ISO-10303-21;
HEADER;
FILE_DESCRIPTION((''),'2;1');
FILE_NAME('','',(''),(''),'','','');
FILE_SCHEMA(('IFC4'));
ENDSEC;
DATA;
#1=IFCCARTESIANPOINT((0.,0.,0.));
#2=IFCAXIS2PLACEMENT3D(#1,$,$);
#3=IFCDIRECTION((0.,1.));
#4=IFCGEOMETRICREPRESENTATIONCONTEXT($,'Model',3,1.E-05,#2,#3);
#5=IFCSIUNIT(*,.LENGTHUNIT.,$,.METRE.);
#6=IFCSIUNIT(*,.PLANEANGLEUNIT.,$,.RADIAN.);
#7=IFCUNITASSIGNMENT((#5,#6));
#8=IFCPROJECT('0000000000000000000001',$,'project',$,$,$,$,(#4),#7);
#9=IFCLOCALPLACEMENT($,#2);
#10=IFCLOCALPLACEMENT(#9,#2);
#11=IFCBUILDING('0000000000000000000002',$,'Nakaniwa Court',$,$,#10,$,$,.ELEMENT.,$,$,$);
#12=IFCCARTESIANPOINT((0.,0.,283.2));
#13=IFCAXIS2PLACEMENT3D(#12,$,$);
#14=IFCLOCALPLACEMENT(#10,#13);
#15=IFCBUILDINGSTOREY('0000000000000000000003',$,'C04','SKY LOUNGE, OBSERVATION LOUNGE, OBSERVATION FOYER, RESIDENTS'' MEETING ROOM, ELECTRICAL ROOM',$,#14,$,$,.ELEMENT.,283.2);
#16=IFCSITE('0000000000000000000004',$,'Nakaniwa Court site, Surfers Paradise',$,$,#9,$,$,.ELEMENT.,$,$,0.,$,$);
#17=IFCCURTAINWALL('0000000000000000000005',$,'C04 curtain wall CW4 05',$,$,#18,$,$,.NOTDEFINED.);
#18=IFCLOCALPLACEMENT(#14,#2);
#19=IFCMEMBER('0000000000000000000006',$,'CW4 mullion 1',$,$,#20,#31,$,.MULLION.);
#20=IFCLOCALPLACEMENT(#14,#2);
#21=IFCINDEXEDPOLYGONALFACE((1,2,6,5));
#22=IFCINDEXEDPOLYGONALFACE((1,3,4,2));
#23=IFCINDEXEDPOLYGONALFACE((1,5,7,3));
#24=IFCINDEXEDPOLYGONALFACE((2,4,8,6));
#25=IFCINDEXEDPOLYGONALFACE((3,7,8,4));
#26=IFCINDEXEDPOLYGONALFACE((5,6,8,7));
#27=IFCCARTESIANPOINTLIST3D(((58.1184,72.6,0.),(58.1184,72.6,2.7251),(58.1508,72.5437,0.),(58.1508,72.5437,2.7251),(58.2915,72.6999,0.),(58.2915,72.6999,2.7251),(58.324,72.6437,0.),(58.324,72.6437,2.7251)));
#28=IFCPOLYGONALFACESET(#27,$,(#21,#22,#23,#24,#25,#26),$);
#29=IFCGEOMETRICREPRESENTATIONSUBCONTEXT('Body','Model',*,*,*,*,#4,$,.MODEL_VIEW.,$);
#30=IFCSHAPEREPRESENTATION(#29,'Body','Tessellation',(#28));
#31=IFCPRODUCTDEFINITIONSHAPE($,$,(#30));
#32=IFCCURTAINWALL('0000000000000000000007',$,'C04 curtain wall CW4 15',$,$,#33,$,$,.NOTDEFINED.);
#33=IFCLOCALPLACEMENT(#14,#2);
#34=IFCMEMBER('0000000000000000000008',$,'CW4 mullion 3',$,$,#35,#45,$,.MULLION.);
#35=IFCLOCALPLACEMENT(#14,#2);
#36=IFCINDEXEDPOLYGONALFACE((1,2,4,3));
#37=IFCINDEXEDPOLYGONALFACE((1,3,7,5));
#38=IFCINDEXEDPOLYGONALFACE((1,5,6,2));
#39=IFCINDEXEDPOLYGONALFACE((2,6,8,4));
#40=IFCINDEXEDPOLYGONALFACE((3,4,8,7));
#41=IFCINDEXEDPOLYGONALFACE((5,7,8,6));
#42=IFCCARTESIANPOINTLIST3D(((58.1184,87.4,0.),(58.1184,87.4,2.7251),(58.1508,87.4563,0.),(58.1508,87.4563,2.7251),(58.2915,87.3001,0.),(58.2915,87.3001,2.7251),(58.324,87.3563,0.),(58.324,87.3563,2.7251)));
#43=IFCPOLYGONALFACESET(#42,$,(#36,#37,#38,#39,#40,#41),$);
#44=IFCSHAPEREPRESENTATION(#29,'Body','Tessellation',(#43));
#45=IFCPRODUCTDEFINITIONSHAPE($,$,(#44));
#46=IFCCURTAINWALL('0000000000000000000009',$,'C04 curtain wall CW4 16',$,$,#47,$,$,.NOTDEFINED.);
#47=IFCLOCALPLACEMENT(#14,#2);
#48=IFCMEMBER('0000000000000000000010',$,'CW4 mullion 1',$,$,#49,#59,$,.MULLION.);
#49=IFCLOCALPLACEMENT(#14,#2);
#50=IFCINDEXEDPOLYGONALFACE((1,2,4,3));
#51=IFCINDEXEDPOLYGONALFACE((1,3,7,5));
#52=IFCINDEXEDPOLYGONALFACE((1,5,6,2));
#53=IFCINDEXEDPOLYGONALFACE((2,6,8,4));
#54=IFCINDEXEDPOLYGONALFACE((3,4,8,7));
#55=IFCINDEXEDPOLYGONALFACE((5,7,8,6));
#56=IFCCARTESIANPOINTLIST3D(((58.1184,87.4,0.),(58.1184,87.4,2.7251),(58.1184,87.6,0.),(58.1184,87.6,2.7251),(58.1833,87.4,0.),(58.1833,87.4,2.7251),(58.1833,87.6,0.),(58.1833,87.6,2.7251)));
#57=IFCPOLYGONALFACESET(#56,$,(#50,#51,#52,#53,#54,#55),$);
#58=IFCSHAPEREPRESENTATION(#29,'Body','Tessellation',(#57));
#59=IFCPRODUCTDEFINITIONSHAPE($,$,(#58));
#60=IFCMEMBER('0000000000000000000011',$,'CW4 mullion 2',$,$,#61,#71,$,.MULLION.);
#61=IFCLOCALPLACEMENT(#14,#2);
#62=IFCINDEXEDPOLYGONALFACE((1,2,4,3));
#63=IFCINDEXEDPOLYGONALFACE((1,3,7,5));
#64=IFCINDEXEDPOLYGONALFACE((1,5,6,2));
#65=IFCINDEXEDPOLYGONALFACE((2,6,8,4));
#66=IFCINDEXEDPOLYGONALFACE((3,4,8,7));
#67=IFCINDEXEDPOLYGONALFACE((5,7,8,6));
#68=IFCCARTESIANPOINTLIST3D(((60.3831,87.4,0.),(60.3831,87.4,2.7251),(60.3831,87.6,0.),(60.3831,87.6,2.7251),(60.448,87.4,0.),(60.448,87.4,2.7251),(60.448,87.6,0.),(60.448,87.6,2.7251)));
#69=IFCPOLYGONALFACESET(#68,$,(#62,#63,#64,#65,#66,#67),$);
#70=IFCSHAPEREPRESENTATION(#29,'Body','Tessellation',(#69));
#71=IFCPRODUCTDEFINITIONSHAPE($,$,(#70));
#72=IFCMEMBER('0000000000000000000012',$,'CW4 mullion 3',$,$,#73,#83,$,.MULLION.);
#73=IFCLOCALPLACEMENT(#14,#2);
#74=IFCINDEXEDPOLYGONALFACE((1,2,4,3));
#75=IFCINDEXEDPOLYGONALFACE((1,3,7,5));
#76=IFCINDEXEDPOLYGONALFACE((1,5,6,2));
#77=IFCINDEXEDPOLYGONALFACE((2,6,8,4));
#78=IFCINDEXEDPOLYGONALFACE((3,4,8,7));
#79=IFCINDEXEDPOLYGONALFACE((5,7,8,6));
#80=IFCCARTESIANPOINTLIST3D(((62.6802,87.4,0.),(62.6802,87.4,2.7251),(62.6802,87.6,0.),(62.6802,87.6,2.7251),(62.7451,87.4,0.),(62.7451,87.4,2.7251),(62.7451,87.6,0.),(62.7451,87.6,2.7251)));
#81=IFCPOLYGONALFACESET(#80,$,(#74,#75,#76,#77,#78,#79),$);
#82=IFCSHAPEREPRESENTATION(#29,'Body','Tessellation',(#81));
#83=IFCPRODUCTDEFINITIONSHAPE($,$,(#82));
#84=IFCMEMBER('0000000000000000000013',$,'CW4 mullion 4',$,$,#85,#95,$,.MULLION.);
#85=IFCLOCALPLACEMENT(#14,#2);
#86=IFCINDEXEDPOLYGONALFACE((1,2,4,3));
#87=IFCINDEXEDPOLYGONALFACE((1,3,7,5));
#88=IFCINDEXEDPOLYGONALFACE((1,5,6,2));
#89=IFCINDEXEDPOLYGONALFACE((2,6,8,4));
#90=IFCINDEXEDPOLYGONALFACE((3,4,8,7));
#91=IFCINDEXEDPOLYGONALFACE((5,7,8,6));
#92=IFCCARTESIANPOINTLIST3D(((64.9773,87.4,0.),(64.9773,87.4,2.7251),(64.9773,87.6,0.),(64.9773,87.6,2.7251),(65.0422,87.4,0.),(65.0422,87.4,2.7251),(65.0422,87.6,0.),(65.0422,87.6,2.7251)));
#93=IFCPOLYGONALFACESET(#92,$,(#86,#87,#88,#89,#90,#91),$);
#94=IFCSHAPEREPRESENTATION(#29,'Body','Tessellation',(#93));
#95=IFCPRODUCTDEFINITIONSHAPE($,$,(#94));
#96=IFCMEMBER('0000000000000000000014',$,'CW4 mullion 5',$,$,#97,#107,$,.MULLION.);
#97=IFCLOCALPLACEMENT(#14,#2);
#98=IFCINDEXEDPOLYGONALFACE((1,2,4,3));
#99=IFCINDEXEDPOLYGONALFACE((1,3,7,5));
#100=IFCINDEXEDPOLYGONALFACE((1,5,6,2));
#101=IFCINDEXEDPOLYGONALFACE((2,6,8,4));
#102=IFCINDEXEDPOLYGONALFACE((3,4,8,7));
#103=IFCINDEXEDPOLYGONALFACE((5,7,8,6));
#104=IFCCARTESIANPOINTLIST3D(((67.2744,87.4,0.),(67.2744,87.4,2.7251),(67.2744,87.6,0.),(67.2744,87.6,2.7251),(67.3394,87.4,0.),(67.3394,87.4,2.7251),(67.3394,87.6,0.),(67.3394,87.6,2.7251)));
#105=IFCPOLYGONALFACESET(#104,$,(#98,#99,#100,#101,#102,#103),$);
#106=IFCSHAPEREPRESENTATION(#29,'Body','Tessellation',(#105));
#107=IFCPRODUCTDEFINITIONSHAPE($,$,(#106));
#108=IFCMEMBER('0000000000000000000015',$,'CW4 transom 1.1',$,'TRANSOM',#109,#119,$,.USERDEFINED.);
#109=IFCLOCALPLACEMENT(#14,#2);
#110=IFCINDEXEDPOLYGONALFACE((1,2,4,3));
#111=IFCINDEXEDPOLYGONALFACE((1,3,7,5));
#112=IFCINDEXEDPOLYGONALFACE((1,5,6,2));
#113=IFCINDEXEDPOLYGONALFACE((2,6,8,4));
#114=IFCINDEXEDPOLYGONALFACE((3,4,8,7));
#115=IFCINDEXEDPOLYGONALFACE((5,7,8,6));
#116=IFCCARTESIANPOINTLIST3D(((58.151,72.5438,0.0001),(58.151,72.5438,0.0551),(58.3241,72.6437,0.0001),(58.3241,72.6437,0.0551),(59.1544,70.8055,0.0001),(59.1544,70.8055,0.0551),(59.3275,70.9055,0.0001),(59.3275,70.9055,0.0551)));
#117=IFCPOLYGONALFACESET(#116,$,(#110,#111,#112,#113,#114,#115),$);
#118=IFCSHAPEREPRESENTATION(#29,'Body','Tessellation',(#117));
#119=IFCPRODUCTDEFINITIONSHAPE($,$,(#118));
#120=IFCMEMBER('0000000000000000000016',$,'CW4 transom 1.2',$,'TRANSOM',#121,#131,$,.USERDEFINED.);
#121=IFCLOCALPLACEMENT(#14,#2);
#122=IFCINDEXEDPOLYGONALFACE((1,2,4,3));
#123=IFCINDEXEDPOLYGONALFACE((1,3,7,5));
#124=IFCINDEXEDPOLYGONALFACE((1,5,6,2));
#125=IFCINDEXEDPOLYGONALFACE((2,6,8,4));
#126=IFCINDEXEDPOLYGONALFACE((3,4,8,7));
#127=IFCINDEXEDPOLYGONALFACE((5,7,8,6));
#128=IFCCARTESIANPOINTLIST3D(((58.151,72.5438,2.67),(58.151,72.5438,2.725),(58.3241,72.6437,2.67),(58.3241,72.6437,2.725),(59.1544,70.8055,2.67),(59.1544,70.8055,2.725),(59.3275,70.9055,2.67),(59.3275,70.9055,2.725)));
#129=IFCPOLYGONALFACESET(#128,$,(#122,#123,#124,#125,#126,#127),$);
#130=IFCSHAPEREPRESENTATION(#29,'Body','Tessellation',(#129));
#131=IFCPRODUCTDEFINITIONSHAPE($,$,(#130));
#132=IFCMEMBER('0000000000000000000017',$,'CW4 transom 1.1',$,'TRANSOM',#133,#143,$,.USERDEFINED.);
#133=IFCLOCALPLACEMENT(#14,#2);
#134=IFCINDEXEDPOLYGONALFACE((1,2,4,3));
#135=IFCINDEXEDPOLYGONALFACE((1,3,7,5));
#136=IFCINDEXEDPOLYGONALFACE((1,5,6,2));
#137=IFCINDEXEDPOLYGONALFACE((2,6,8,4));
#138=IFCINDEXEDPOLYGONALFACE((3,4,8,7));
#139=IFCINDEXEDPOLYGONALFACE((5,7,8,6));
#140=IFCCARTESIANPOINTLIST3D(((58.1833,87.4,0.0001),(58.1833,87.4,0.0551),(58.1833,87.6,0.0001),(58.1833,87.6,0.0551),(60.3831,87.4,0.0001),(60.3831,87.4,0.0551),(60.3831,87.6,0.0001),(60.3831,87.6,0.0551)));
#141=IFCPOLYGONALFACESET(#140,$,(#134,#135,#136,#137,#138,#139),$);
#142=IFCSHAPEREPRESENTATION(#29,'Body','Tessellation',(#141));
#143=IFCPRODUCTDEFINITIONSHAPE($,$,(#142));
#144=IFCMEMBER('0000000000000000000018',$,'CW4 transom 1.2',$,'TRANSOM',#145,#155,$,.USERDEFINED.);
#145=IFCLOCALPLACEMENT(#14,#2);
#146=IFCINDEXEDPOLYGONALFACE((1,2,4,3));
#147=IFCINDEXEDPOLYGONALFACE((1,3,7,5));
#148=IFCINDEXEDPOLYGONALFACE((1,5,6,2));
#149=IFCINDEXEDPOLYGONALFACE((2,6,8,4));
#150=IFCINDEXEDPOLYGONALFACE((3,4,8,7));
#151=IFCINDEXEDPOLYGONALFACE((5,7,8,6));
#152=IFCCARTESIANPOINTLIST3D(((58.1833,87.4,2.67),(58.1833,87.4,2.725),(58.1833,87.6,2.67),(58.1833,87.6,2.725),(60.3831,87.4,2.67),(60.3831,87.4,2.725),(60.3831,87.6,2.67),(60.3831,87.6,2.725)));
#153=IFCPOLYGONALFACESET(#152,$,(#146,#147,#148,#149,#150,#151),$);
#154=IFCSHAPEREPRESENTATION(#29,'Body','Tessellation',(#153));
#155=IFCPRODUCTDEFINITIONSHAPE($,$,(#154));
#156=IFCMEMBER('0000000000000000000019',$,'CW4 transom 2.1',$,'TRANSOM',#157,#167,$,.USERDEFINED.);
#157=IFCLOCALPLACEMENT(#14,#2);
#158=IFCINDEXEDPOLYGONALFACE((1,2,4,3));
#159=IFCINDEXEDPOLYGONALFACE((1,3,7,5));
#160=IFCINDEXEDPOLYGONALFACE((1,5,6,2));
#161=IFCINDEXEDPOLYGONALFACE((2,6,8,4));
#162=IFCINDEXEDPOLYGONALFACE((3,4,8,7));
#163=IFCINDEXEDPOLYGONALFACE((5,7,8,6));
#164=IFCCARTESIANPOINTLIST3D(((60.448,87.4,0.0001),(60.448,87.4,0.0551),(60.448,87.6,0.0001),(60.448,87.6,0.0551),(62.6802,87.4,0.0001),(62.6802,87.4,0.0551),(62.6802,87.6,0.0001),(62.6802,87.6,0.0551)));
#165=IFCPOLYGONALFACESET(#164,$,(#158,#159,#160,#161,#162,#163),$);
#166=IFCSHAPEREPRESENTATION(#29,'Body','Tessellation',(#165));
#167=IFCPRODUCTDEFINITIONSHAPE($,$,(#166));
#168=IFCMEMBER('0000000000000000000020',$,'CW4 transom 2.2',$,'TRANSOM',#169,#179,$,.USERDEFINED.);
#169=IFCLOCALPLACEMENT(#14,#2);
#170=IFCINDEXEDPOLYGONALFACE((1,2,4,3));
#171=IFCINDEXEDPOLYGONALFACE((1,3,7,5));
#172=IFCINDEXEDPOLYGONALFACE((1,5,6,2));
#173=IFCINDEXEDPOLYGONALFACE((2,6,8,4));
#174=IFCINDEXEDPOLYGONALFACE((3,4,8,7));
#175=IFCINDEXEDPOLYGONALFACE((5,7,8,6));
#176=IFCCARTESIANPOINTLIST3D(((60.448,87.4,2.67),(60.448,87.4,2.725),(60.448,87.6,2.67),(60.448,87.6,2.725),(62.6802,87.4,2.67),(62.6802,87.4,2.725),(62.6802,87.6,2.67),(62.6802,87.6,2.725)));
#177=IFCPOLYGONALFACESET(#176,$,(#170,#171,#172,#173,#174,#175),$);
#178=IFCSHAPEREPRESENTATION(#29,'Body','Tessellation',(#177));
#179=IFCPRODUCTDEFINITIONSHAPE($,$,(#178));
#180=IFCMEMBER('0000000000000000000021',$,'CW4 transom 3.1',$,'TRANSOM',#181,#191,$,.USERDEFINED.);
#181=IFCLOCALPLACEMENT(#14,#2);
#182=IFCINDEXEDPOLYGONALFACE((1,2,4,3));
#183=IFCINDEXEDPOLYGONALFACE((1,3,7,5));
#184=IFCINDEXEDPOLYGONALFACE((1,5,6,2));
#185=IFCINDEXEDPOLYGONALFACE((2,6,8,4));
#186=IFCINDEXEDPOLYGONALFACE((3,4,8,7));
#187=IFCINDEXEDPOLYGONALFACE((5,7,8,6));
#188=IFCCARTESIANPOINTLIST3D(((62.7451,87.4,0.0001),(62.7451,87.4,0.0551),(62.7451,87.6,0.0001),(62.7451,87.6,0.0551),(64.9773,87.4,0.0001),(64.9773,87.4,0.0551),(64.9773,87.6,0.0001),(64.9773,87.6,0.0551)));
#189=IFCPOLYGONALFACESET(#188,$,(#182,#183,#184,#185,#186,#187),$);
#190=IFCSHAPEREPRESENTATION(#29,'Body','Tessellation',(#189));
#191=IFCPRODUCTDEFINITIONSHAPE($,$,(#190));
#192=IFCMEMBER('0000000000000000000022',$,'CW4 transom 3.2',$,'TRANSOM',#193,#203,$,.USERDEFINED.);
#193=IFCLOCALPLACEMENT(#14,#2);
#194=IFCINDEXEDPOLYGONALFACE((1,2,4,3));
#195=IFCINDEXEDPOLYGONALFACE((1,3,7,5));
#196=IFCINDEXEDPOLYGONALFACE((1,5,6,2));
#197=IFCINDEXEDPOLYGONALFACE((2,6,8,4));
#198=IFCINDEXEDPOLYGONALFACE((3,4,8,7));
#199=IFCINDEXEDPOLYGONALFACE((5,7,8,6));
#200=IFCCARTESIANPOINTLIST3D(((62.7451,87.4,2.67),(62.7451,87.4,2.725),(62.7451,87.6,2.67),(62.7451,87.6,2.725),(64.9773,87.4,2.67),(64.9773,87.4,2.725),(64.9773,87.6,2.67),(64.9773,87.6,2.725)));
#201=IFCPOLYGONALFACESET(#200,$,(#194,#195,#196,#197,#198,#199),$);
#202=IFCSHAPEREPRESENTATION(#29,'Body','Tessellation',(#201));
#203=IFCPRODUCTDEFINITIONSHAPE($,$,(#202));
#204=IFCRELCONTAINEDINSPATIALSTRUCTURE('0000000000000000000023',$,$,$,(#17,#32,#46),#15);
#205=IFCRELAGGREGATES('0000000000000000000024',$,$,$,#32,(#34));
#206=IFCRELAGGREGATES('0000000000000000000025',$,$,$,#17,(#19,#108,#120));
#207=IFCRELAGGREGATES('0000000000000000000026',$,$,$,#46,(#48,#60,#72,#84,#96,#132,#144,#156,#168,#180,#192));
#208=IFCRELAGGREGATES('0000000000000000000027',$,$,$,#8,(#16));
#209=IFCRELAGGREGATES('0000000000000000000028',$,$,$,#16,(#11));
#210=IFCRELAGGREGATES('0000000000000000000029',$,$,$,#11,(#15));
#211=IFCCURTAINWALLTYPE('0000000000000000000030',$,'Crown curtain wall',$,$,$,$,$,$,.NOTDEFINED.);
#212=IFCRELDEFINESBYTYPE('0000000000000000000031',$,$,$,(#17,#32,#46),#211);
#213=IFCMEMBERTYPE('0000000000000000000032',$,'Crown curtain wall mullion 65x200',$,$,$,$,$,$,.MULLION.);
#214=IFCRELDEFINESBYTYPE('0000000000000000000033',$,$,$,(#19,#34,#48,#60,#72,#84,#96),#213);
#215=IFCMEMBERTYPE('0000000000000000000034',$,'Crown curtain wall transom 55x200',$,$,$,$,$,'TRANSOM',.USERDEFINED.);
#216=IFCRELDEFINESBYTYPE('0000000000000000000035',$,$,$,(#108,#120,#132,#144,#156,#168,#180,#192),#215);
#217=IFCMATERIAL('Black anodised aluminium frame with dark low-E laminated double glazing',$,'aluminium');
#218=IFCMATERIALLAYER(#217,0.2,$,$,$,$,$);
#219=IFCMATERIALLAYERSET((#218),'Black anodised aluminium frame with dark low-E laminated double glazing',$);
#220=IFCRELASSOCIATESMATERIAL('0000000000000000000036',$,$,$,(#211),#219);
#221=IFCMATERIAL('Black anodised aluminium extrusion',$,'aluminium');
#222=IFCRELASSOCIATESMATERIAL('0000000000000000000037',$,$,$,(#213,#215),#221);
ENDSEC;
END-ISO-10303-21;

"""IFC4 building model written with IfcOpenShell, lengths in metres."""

from ifc_helpers import new_model, si_unit, direction, frame, origin, origin_2d, place, context, subcontext, project, spatial, rectangle, extrude, material, layer, layer_set, material_profile, profile_set, type_object, element, aggregate, save


model = new_model("IFC4")

# Units and contexts
model_context = context("Model", 3, precision=1e-05, world=origin(), true_north=direction((0.0, 1.0)))
body_context = subcontext(model_context, "Body", "Model", "MODEL_VIEW")
ifc_project = project(units=[si_unit("LENGTHUNIT", "METRE"), si_unit("PLANEANGLEUNIT", "RADIAN")], contexts=[model_context])

# Site, building, storey
site_placement = place(None, origin())
site = spatial("IfcSite", under=ifc_project, at=site_placement, Name="Nakaniwa Court site, Surfers Paradise", CompositionType="ELEMENT", RefElevation=0.0)
building_placement = place(site_placement, origin())
building = spatial("IfcBuilding", under=site, at=building_placement, Name="Nakaniwa Court", CompositionType="ELEMENT")
storey_placement = place(building_placement, frame((0.0, 0.0, 283.2)))
storey = spatial("IfcBuildingStorey", under=building, at=storey_placement, Name="C04", Description="SKY LOUNGE, OBSERVATION LOUNGE, OBSERVATION FOYER, RESIDENTS' MEETING ROOM, ELECTRICAL ROOM", CompositionType="ELEMENT", Elevation=283.2)

# Curtain walls, members
ifc_material_1 = material(Name="Black anodised aluminium frame with dark low-E laminated double glazing", Category="aluminium")
ifc_layer_1 = layer(ifc_material_1, 0.2)
ifc_layer_set_1 = layer_set([ifc_layer_1], Name="Black anodised aluminium frame with dark low-E laminated double glazing")
curtain_wall_type = type_object("IfcCurtainWallType", Name="Crown curtain wall", PredefinedType="NOTDEFINED", material=ifc_layer_set_1)
curtain_wall_1_placement = place(storey_placement, origin())
curtain_wall_1 = element("IfcCurtainWall", 1, at=curtain_wall_1_placement, inside=storey, type_object=curtain_wall_type, Name="C04 curtain wall CW4 05", PredefinedType="NOTDEFINED")
ifc_material_2 = material(Name="Black anodised aluminium extrusion", Category="aluminium")
ifc_material_profile_1 = material_profile(ifc_material_2, rectangle(XDim=0.2, YDim=0.0649, at=origin_2d()), Name="Crown curtain wall mullion 65x200")
ifc_profile_set_1 = profile_set([ifc_material_profile_1], Name="Black anodised aluminium extrusion")
member_type_1 = type_object("IfcMemberType", Name="Crown curtain wall mullion 65x200", PredefinedType="MULLION", material=ifc_profile_set_1)
member_1_placement = place(storey_placement, frame((58.2212, 72.6218, 0.0), z_axis=(0.0, 0.0, 1.0), x_axis=(0.866021, 0.500008, 0.0)))
member_1 = element("IfcMember", 2, at=member_1_placement, type_object=member_type_1, Name="CW4 mullion 1", PredefinedType="MULLION", context=body_context, shape_type="SweptSolid", body=[
    extrude(rectangle(XDim=0.2, YDim=0.0649, at=origin_2d()), origin(), (0.0, 0.0, 1.0), 2.7251),
])
curtain_wall_2_placement = place(storey_placement, origin())
curtain_wall_2 = element("IfcCurtainWall", 3, at=curtain_wall_2_placement, inside=storey, type_object=curtain_wall_type, Name="C04 curtain wall CW4 15", PredefinedType="NOTDEFINED")
member_2_placement = place(storey_placement, frame((58.2212, 87.3782, 0.0), z_axis=(0.0, 0.0, 1.0), x_axis=(0.866021, -0.500008, 0.0)))
member_2 = element("IfcMember", 4, at=member_2_placement, type_object=member_type_1, Name="CW4 mullion 3", PredefinedType="MULLION", context=body_context, shape_type="SweptSolid", body=[
    extrude(rectangle(XDim=0.2, YDim=0.0649, at=origin_2d()), origin(), (0.0, 0.0, 1.0), 2.7251),
])
aggregate(curtain_wall_2, [member_2])

# Curtain wall, members
curtain_wall_3_placement = place(storey_placement, origin())
curtain_wall_3 = element("IfcCurtainWall", 5, at=curtain_wall_3_placement, inside=storey, type_object=curtain_wall_type, Name="C04 curtain wall CW4 16", PredefinedType="NOTDEFINED")
member_3_placement = place(storey_placement, frame((58.1509, 87.5, 0.0), z_axis=(0.0, 0.0, 1.0), x_axis=(0.0, 1.0, 0.0)))
member_3 = element("IfcMember", 6, at=member_3_placement, type_object=member_type_1, Name="CW4 mullion 1", PredefinedType="MULLION", context=body_context, shape_type="SweptSolid", body=[
    extrude(rectangle(XDim=0.2, YDim=0.0649, at=origin_2d()), origin(), (0.0, 0.0, 1.0), 2.7251),
])
member_4_placement = place(storey_placement, frame((60.4155, 87.5, 0.0), z_axis=(0.0, 0.0, 1.0), x_axis=(0.0, 1.0, 0.0)))
member_4 = element("IfcMember", 7, at=member_4_placement, type_object=member_type_1, Name="CW4 mullion 2", PredefinedType="MULLION", context=body_context, shape_type="SweptSolid", body=[
    extrude(rectangle(XDim=0.2, YDim=0.0649, at=origin_2d()), origin(), (0.0, 0.0, 1.0), 2.7251),
])
member_5_placement = place(storey_placement, frame((62.7126, 87.5, 0.0), z_axis=(0.0, 0.0, 1.0), x_axis=(0.0, 1.0, 0.0)))
member_5 = element("IfcMember", 8, at=member_5_placement, type_object=member_type_1, Name="CW4 mullion 3", PredefinedType="MULLION", context=body_context, shape_type="SweptSolid", body=[
    extrude(rectangle(XDim=0.2, YDim=0.0649, at=origin_2d()), origin(), (0.0, 0.0, 1.0), 2.7251),
])
member_6_placement = place(storey_placement, frame((65.0098, 87.5, 0.0), z_axis=(0.0, 0.0, 1.0), x_axis=(0.0, 1.0, 0.0)))
member_6 = element("IfcMember", 9, at=member_6_placement, type_object=member_type_1, Name="CW4 mullion 4", PredefinedType="MULLION", context=body_context, shape_type="SweptSolid", body=[
    extrude(rectangle(XDim=0.2, YDim=0.0649, at=origin_2d()), origin(), (0.0, 0.0, 1.0), 2.7251),
])
member_7_placement = place(storey_placement, frame((67.3069, 87.5, 0.0), z_axis=(0.0, 0.0, 1.0), x_axis=(0.0, 1.0, 0.0)))
member_7 = element("IfcMember", 10, at=member_7_placement, type_object=member_type_1, Name="CW4 mullion 5", PredefinedType="MULLION", context=body_context, shape_type="SweptSolid", body=[
    extrude(rectangle(XDim=0.2, YDim=0.0649, at=origin_2d()), origin(), (0.0, 0.0, 1.0), 2.7251),
])

# Members
ifc_material_profile_2 = material_profile(ifc_material_2, rectangle(XDim=0.2, YDim=0.0549, at=origin_2d()), Name="Crown curtain wall transom 55x200")
ifc_profile_set_2 = profile_set([ifc_material_profile_2], Name="Black anodised aluminium extrusion")
member_type_2 = type_object("IfcMemberType", Name="Crown curtain wall transom 55x200", ElementType="TRANSOM", PredefinedType="USERDEFINED", material=ifc_profile_set_2)
member_8_placement = place(storey_placement, frame((58.2375, 72.5938, 0.0276), z_axis=(0.499933, -0.866064, 0.0), x_axis=(0.866064, 0.499933, 0.0)))
member_8 = element("IfcMember", 11, at=member_8_placement, type_object=member_type_2, Name="CW4 transom 1.1", ObjectType="TRANSOM", PredefinedType="USERDEFINED", context=body_context, shape_type="SweptSolid", body=[
    extrude(rectangle(XDim=0.2, YDim=0.0549, at=origin_2d()), origin(), (0.0, 0.0, 1.0), 2.0071),
])
member_9_placement = place(storey_placement, frame((58.2375, 72.5938, 2.6975), z_axis=(0.499933, -0.866064, 0.0), x_axis=(0.866064, 0.499933, 0.0)))
member_9 = element("IfcMember", 12, at=member_9_placement, type_object=member_type_2, Name="CW4 transom 1.2", ObjectType="TRANSOM", PredefinedType="USERDEFINED", context=body_context, shape_type="SweptSolid", body=[
    extrude(rectangle(XDim=0.2, YDim=0.0549, at=origin_2d()), origin(), (0.0, 0.0, 1.0), 2.0071),
])
aggregate(curtain_wall_1, [member_1, member_8, member_9])
member_10_placement = place(storey_placement, frame((58.1833, 87.5, 0.0276), z_axis=(1.0, 0.0, 0.0), x_axis=(0.0, 1.0, 0.0)))
member_10 = element("IfcMember", 13, at=member_10_placement, type_object=member_type_2, Name="CW4 transom 1.1", ObjectType="TRANSOM", PredefinedType="USERDEFINED", context=body_context, shape_type="SweptSolid", body=[
    extrude(rectangle(XDim=0.2, YDim=0.0549, at=origin_2d()), origin(), (0.0, 0.0, 1.0), 2.1997),
])
member_11_placement = place(storey_placement, frame((58.1833, 87.5, 2.6975), z_axis=(1.0, 0.0, 0.0), x_axis=(0.0, 1.0, 0.0)))
member_11 = element("IfcMember", 14, at=member_11_placement, type_object=member_type_2, Name="CW4 transom 1.2", ObjectType="TRANSOM", PredefinedType="USERDEFINED", context=body_context, shape_type="SweptSolid", body=[
    extrude(rectangle(XDim=0.2, YDim=0.0549, at=origin_2d()), origin(), (0.0, 0.0, 1.0), 2.1997),
])
member_12_placement = place(storey_placement, frame((60.448, 87.5, 0.0276), z_axis=(1.0, 0.0, 0.0), x_axis=(0.0, 1.0, 0.0)))
member_12 = element("IfcMember", 15, at=member_12_placement, type_object=member_type_2, Name="CW4 transom 2.1", ObjectType="TRANSOM", PredefinedType="USERDEFINED", context=body_context, shape_type="SweptSolid", body=[
    extrude(rectangle(XDim=0.2, YDim=0.0549, at=origin_2d()), origin(), (0.0, 0.0, 1.0), 2.2322),
])
member_13_placement = place(storey_placement, frame((60.448, 87.5, 2.6975), z_axis=(1.0, 0.0, 0.0), x_axis=(0.0, 1.0, 0.0)))
member_13 = element("IfcMember", 16, at=member_13_placement, type_object=member_type_2, Name="CW4 transom 2.2", ObjectType="TRANSOM", PredefinedType="USERDEFINED", context=body_context, shape_type="SweptSolid", body=[
    extrude(rectangle(XDim=0.2, YDim=0.0549, at=origin_2d()), origin(), (0.0, 0.0, 1.0), 2.2322),
])
member_14_placement = place(storey_placement, frame((62.7451, 87.5, 0.0276), z_axis=(1.0, 0.0, 0.0), x_axis=(0.0, 1.0, 0.0)))
member_14 = element("IfcMember", 17, at=member_14_placement, type_object=member_type_2, Name="CW4 transom 3.1", ObjectType="TRANSOM", PredefinedType="USERDEFINED", context=body_context, shape_type="SweptSolid", body=[
    extrude(rectangle(XDim=0.2, YDim=0.0549, at=origin_2d()), origin(), (0.0, 0.0, 1.0), 2.2322),
])
member_15_placement = place(storey_placement, frame((62.7451, 87.5, 2.6975), z_axis=(1.0, 0.0, 0.0), x_axis=(0.0, 1.0, 0.0)))
member_15 = element("IfcMember", 18, at=member_15_placement, type_object=member_type_2, Name="CW4 transom 3.2", ObjectType="TRANSOM", PredefinedType="USERDEFINED", context=body_context, shape_type="SweptSolid", body=[
    extrude(rectangle(XDim=0.2, YDim=0.0549, at=origin_2d()), origin(), (0.0, 0.0, 1.0), 2.2322),
])

aggregate(curtain_wall_3, [member_3, member_4, member_5, member_6, member_7, member_10, member_11, member_12, member_13, member_14, member_15])

save(model, "model.ifc")
